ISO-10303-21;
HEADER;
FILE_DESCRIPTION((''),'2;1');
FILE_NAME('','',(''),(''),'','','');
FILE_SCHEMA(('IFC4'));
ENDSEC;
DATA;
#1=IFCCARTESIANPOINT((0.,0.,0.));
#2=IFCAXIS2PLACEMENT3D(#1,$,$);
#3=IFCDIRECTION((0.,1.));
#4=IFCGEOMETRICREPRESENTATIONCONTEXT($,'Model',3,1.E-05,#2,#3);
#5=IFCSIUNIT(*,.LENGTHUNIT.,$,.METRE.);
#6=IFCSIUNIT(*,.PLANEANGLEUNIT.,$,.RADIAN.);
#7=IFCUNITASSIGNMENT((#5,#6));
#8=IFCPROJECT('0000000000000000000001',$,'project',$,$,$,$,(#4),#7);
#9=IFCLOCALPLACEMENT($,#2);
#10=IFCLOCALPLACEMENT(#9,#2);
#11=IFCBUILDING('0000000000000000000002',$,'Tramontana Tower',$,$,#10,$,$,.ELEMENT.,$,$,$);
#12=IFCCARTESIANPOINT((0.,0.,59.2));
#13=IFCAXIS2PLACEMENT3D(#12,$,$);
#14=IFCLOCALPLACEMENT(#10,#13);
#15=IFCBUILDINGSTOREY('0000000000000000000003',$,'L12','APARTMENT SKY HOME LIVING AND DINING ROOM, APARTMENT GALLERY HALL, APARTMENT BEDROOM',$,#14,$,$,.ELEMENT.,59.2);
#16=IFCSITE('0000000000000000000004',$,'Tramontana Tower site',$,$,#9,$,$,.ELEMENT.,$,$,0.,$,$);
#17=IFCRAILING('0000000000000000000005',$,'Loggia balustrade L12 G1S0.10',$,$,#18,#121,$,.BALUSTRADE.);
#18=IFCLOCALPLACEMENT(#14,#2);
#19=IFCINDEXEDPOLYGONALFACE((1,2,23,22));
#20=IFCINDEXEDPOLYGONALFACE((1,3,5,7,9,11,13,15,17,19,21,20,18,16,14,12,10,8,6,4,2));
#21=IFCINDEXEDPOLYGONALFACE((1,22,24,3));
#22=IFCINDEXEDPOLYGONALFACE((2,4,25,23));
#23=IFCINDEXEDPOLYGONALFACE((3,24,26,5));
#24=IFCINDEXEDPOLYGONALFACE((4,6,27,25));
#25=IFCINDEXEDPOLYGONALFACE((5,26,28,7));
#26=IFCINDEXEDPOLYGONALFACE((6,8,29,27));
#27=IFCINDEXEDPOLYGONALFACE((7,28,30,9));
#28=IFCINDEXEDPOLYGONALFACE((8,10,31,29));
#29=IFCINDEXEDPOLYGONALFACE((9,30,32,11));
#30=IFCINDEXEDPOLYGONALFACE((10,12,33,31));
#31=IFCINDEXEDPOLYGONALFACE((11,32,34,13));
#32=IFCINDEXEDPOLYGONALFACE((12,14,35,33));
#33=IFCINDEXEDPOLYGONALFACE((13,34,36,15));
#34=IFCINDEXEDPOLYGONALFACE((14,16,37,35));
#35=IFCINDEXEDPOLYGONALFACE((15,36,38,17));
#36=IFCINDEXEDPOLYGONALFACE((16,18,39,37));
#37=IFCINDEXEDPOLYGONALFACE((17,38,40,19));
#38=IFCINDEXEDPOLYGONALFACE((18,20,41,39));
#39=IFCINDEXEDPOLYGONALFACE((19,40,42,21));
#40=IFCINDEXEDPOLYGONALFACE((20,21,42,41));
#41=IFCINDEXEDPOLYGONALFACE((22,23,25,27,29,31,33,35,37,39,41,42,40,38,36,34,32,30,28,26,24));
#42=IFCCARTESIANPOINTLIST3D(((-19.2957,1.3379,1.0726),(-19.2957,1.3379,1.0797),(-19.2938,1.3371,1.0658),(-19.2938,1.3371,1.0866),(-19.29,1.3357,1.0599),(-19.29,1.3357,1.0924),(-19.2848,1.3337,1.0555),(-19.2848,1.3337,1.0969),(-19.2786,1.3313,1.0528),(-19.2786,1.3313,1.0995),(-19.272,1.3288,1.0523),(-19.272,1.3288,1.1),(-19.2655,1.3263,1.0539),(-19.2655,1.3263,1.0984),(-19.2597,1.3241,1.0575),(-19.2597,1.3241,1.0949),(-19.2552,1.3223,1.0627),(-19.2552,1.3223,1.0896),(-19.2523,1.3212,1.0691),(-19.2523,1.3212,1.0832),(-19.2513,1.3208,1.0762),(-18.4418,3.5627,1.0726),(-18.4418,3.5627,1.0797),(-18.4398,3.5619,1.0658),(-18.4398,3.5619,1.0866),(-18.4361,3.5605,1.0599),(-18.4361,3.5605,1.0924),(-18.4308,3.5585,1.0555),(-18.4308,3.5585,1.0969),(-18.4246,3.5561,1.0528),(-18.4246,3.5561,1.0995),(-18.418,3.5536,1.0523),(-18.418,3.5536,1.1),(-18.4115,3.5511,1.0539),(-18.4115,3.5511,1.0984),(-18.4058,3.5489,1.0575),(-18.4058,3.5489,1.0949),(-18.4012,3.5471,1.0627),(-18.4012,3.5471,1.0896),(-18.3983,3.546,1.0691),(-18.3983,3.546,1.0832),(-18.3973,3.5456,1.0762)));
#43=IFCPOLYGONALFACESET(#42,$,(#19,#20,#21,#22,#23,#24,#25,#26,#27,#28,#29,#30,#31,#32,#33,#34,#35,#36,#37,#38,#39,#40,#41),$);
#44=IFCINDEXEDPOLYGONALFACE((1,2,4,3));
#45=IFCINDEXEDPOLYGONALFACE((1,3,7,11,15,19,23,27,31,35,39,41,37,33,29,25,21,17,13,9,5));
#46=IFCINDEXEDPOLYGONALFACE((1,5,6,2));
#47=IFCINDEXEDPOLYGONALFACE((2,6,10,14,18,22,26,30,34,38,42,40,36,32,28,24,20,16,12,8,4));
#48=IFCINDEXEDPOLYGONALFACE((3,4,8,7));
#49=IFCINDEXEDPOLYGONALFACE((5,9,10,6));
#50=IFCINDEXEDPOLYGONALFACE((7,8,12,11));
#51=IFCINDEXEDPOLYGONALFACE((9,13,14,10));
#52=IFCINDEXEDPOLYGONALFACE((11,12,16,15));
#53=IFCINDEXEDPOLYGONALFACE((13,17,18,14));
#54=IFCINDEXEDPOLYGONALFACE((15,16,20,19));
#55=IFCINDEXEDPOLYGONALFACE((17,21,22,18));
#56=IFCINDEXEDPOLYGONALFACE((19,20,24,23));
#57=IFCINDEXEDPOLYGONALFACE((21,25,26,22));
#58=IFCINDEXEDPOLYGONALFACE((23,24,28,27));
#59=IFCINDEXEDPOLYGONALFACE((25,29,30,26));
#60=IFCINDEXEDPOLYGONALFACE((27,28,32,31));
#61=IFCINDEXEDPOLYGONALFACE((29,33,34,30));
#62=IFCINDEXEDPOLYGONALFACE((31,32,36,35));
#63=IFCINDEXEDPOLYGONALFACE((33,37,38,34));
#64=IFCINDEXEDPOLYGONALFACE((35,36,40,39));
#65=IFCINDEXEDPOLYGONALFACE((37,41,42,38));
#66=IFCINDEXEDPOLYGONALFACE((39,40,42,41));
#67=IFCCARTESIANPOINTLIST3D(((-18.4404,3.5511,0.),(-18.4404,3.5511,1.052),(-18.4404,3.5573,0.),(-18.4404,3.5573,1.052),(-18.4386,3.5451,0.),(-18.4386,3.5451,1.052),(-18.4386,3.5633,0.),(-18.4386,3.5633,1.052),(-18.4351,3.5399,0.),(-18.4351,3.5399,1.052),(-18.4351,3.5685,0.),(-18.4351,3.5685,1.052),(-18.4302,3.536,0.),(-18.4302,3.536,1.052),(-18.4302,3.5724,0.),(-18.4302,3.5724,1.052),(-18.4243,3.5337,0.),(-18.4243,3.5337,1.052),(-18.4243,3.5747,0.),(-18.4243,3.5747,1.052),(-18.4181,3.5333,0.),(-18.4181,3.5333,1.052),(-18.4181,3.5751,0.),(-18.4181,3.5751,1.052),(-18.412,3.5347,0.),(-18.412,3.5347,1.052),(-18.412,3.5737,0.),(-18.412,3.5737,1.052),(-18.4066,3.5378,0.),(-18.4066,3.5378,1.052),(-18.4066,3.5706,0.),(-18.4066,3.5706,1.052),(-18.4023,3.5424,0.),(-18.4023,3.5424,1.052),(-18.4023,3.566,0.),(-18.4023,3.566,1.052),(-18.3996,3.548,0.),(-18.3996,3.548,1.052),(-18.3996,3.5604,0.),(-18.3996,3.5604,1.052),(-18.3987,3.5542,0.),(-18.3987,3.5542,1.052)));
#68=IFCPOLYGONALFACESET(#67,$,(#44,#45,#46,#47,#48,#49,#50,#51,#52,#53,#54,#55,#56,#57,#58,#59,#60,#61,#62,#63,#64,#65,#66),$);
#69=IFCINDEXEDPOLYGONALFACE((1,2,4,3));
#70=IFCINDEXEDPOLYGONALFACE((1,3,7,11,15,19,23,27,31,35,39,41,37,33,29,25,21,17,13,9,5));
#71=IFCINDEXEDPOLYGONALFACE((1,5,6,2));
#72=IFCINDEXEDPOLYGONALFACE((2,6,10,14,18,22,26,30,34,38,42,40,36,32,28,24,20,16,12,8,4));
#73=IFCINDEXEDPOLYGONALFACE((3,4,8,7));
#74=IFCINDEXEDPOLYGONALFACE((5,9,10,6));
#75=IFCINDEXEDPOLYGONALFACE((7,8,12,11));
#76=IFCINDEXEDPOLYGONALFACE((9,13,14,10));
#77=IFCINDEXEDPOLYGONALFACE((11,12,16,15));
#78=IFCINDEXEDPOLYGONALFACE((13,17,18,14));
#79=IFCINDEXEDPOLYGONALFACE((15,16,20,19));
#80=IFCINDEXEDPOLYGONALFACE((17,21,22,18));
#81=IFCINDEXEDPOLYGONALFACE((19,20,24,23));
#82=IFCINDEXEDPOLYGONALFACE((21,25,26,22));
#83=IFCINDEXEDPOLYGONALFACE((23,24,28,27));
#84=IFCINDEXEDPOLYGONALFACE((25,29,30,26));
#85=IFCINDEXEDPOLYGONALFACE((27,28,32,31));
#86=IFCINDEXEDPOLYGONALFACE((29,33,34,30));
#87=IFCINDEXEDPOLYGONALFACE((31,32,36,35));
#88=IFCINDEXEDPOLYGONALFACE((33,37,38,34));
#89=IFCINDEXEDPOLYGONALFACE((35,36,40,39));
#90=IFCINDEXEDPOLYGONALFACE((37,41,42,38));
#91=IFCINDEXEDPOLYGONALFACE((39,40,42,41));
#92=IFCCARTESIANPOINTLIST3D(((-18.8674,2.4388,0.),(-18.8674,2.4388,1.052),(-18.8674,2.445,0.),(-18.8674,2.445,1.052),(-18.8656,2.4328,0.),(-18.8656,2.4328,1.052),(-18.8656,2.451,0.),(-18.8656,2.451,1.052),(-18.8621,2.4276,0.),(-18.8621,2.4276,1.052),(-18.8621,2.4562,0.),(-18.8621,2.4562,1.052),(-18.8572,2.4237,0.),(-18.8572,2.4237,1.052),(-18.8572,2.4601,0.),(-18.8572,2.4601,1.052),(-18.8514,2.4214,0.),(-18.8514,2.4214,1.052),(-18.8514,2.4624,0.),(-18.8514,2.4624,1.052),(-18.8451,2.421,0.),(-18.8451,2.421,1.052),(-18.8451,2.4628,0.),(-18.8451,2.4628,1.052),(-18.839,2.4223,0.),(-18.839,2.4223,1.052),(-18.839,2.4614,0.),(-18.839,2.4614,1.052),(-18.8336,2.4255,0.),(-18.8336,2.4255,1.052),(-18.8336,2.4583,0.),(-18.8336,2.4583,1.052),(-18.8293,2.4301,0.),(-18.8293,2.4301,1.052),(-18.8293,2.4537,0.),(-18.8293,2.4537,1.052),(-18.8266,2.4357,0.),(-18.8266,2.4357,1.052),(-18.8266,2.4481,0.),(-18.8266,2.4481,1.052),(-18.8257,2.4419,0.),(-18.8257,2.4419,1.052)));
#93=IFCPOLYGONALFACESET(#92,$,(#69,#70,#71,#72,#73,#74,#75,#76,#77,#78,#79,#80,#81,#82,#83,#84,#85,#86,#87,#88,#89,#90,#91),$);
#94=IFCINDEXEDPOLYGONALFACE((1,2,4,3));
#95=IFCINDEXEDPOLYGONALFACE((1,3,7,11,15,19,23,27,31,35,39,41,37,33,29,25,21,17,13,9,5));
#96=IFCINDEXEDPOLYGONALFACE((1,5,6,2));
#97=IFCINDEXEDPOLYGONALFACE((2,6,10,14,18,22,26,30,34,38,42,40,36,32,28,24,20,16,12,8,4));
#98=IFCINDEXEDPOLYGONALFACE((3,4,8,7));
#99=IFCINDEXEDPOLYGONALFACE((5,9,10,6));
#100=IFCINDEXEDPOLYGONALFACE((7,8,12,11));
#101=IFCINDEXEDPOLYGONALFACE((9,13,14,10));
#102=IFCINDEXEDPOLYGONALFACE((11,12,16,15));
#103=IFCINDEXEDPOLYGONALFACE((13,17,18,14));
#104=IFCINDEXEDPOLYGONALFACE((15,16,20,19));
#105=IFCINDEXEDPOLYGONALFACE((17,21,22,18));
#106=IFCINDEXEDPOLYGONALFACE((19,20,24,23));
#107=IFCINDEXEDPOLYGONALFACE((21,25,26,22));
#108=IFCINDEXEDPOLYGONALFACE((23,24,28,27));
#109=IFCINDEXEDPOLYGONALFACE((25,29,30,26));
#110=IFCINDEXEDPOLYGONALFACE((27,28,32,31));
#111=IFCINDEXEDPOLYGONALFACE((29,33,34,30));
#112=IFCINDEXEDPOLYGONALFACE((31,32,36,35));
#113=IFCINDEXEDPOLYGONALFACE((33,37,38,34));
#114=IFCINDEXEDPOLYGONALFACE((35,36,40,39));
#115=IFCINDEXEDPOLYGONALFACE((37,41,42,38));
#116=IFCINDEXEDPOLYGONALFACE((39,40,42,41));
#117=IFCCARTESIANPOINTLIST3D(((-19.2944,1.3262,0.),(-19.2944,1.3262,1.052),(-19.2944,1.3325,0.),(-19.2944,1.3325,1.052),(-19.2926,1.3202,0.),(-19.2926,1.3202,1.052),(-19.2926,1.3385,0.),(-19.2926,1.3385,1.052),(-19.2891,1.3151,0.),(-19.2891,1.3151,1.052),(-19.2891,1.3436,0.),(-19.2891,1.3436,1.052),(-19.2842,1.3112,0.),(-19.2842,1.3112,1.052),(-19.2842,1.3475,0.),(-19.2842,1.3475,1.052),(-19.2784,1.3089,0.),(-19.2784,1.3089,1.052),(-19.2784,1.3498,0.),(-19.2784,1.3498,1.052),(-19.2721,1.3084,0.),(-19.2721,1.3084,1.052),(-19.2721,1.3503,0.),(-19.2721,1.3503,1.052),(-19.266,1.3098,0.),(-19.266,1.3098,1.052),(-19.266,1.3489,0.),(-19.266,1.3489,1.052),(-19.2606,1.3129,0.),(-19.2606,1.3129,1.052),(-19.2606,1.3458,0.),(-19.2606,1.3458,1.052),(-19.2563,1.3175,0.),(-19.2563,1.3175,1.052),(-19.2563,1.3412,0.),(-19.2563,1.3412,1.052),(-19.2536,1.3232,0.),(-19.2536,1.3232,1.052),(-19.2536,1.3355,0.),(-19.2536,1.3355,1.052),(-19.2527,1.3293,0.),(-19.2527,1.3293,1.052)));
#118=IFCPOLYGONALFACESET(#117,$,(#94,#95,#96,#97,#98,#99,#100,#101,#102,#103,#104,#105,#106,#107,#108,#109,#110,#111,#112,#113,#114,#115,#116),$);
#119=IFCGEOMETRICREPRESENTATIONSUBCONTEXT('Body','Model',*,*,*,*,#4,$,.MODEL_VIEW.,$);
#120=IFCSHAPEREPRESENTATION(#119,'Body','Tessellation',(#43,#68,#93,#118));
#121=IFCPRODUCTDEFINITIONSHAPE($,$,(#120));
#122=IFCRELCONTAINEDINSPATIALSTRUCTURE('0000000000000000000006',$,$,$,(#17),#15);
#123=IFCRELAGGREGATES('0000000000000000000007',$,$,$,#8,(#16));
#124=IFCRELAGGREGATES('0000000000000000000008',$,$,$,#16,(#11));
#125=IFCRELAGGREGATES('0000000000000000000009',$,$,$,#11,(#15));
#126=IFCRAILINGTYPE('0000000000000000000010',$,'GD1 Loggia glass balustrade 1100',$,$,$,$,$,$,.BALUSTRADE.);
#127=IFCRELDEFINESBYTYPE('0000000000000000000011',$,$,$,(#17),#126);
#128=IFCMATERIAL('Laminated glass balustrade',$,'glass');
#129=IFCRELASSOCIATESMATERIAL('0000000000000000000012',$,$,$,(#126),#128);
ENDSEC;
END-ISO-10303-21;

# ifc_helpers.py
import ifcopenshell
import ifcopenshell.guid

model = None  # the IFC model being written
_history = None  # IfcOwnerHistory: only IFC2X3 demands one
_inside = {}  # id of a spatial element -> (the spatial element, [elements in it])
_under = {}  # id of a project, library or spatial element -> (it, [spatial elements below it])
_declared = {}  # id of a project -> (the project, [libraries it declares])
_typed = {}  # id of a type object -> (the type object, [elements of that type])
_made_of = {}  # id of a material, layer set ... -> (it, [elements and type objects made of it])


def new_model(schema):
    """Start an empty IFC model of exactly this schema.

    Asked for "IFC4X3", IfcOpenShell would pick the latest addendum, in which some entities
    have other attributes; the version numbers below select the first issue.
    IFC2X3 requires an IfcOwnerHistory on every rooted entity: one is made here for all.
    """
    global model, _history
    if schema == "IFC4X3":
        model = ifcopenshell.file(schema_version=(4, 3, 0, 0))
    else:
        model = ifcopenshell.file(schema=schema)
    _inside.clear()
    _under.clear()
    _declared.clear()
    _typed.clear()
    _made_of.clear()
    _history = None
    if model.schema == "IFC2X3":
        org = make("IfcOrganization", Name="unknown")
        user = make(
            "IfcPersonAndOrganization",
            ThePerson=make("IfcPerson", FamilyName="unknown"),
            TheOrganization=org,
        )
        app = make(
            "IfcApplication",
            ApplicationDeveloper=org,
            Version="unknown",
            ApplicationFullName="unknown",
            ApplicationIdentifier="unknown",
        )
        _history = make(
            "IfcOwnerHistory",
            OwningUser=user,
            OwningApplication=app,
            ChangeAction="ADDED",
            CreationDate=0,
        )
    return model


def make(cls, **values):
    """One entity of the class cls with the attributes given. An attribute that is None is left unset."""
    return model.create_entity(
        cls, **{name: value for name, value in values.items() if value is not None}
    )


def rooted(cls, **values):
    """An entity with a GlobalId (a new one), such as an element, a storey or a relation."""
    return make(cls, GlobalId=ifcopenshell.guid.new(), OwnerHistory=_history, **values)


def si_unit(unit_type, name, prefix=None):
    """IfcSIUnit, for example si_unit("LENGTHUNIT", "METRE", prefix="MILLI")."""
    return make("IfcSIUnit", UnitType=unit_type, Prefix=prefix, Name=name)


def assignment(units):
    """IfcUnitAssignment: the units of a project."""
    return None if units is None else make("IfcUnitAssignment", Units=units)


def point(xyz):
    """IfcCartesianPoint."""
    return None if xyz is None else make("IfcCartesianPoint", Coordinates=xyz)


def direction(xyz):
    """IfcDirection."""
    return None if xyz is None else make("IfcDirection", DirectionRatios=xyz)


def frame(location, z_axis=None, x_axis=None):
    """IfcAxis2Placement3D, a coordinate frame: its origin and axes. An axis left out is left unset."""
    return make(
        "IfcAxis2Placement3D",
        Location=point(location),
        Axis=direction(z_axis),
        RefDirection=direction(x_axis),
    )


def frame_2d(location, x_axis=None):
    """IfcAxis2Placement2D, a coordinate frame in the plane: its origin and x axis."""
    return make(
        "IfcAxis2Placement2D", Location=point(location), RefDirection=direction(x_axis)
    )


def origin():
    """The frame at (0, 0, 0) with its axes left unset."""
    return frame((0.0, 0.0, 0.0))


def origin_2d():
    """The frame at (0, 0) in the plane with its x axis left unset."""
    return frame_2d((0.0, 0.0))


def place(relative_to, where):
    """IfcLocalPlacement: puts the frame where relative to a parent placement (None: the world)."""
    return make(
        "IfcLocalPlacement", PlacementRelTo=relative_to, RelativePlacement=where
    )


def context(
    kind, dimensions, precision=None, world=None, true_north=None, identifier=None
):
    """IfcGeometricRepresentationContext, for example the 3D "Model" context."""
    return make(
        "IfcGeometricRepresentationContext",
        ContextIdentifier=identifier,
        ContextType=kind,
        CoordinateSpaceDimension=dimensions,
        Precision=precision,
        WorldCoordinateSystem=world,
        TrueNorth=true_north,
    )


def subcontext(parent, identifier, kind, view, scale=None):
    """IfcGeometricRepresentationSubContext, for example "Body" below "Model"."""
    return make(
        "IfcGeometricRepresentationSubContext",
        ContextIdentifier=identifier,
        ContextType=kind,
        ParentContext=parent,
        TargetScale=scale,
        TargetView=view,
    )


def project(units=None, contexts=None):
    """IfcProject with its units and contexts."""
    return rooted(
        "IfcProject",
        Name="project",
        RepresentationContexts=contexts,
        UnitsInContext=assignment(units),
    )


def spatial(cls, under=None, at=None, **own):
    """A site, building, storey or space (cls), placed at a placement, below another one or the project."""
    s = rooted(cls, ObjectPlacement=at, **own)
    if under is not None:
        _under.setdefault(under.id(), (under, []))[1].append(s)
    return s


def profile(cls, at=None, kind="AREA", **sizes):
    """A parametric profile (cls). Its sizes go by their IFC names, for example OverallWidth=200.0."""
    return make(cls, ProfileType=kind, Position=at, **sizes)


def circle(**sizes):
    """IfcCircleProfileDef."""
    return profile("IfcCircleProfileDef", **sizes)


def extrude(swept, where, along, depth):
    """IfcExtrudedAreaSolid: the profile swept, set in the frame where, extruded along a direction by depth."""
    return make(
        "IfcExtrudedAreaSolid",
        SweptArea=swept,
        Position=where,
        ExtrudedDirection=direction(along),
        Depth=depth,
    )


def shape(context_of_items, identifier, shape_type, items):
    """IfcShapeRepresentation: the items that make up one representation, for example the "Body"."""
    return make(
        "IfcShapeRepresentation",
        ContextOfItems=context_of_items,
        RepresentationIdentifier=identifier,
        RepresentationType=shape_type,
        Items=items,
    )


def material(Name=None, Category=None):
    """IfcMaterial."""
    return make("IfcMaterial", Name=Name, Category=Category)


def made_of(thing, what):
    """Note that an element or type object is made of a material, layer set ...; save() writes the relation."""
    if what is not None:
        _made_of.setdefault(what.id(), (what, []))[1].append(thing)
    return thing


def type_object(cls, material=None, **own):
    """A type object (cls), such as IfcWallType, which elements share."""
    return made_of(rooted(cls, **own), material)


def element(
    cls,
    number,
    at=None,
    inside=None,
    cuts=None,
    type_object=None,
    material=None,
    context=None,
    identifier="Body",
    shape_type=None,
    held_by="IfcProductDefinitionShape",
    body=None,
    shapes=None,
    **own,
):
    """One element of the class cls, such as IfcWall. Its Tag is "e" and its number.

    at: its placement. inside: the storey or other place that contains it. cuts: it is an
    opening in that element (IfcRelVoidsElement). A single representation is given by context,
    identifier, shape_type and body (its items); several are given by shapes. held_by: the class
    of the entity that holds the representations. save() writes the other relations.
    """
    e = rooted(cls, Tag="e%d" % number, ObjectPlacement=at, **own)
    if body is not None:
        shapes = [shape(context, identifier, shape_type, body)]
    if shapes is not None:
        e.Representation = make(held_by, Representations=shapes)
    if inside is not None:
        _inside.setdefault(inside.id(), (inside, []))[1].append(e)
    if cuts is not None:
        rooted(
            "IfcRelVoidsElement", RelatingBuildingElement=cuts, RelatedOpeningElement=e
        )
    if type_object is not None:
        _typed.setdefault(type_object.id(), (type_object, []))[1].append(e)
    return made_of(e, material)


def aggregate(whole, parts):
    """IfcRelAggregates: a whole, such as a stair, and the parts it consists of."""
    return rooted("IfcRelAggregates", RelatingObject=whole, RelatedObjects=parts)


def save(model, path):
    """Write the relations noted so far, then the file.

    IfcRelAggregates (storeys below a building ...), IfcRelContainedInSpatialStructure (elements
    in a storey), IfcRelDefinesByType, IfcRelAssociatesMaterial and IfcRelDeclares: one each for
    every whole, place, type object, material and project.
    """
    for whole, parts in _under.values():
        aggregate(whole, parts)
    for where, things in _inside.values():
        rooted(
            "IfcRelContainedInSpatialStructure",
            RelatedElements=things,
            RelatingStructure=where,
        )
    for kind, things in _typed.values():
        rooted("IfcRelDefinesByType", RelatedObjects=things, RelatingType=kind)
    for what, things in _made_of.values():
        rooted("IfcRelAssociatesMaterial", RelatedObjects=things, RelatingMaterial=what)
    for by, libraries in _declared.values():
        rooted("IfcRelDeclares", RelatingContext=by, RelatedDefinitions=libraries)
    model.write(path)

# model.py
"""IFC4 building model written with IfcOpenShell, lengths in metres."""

from ifc_helpers import new_model, si_unit, direction, frame, origin, origin_2d, place, context, subcontext, project, spatial, circle, extrude, material, type_object, element, save


model = new_model("IFC4")

# Units and contexts
model_context = context("Model", 3, precision=1e-05, world=origin(), true_north=direction((0.0, 1.0)))
body_context = subcontext(model_context, "Body", "Model", "MODEL_VIEW")
ifc_project = project(units=[si_unit("LENGTHUNIT", "METRE"), si_unit("PLANEANGLEUNIT", "RADIAN")], contexts=[model_context])

# Site, building, storey
site_placement = place(None, origin())
site = spatial("IfcSite", under=ifc_project, at=site_placement, Name="Tramontana Tower site", CompositionType="ELEMENT", RefElevation=0.0)
building_placement = place(site_placement, origin())
building = spatial("IfcBuilding", under=site, at=building_placement, Name="Tramontana Tower", CompositionType="ELEMENT")
storey_placement = place(building_placement, frame((0.0, 0.0, 59.2)))
storey = spatial("IfcBuildingStorey", under=building, at=storey_placement, Name="L12", Description="APARTMENT SKY HOME LIVING AND DINING ROOM, APARTMENT GALLERY HALL, APARTMENT BEDROOM", CompositionType="ELEMENT", Elevation=59.2)

# Railing
ifc_material_1 = material(Name="Laminated glass balustrade", Category="glass")
railing_type = type_object("IfcRailingType", Name="GD1 Loggia glass balustrade 1100", PredefinedType="BALUSTRADE", material=ifc_material_1)
railing_placement = place(storey_placement, frame((-18.4197, 3.5542, 0.0)))
element("IfcRailing", 1, at=railing_placement, inside=storey, type_object=railing_type, Name="Loggia balustrade L12 G1S0.10", PredefinedType="BALUSTRADE", context=body_context, shape_type="SweptSolid", body=[
    extrude(circle(Radius=0.0239, at=origin_2d()), frame((0.0, 0.0, 1.0762), z_axis=(-0.358354, -0.933586, 0.0), x_axis=(0.933586, -0.358354, 0.0)), (0.0, 0.0, 1.0), 2.3831),
    extrude(circle(Radius=0.021, at=origin_2d()), origin(), (0.0, 0.0, 1.0), 1.052),
    extrude(circle(Radius=0.021, at=origin_2d()), frame((-0.427, -1.1123, 0.0)), (0.0, 0.0, 1.0), 1.052),
    extrude(circle(Radius=0.021, at=origin_2d()), frame((-0.854, -2.2249, 0.0)), (0.0, 0.0, 1.0), 1.052),
])

save(model, "model.ifc")
